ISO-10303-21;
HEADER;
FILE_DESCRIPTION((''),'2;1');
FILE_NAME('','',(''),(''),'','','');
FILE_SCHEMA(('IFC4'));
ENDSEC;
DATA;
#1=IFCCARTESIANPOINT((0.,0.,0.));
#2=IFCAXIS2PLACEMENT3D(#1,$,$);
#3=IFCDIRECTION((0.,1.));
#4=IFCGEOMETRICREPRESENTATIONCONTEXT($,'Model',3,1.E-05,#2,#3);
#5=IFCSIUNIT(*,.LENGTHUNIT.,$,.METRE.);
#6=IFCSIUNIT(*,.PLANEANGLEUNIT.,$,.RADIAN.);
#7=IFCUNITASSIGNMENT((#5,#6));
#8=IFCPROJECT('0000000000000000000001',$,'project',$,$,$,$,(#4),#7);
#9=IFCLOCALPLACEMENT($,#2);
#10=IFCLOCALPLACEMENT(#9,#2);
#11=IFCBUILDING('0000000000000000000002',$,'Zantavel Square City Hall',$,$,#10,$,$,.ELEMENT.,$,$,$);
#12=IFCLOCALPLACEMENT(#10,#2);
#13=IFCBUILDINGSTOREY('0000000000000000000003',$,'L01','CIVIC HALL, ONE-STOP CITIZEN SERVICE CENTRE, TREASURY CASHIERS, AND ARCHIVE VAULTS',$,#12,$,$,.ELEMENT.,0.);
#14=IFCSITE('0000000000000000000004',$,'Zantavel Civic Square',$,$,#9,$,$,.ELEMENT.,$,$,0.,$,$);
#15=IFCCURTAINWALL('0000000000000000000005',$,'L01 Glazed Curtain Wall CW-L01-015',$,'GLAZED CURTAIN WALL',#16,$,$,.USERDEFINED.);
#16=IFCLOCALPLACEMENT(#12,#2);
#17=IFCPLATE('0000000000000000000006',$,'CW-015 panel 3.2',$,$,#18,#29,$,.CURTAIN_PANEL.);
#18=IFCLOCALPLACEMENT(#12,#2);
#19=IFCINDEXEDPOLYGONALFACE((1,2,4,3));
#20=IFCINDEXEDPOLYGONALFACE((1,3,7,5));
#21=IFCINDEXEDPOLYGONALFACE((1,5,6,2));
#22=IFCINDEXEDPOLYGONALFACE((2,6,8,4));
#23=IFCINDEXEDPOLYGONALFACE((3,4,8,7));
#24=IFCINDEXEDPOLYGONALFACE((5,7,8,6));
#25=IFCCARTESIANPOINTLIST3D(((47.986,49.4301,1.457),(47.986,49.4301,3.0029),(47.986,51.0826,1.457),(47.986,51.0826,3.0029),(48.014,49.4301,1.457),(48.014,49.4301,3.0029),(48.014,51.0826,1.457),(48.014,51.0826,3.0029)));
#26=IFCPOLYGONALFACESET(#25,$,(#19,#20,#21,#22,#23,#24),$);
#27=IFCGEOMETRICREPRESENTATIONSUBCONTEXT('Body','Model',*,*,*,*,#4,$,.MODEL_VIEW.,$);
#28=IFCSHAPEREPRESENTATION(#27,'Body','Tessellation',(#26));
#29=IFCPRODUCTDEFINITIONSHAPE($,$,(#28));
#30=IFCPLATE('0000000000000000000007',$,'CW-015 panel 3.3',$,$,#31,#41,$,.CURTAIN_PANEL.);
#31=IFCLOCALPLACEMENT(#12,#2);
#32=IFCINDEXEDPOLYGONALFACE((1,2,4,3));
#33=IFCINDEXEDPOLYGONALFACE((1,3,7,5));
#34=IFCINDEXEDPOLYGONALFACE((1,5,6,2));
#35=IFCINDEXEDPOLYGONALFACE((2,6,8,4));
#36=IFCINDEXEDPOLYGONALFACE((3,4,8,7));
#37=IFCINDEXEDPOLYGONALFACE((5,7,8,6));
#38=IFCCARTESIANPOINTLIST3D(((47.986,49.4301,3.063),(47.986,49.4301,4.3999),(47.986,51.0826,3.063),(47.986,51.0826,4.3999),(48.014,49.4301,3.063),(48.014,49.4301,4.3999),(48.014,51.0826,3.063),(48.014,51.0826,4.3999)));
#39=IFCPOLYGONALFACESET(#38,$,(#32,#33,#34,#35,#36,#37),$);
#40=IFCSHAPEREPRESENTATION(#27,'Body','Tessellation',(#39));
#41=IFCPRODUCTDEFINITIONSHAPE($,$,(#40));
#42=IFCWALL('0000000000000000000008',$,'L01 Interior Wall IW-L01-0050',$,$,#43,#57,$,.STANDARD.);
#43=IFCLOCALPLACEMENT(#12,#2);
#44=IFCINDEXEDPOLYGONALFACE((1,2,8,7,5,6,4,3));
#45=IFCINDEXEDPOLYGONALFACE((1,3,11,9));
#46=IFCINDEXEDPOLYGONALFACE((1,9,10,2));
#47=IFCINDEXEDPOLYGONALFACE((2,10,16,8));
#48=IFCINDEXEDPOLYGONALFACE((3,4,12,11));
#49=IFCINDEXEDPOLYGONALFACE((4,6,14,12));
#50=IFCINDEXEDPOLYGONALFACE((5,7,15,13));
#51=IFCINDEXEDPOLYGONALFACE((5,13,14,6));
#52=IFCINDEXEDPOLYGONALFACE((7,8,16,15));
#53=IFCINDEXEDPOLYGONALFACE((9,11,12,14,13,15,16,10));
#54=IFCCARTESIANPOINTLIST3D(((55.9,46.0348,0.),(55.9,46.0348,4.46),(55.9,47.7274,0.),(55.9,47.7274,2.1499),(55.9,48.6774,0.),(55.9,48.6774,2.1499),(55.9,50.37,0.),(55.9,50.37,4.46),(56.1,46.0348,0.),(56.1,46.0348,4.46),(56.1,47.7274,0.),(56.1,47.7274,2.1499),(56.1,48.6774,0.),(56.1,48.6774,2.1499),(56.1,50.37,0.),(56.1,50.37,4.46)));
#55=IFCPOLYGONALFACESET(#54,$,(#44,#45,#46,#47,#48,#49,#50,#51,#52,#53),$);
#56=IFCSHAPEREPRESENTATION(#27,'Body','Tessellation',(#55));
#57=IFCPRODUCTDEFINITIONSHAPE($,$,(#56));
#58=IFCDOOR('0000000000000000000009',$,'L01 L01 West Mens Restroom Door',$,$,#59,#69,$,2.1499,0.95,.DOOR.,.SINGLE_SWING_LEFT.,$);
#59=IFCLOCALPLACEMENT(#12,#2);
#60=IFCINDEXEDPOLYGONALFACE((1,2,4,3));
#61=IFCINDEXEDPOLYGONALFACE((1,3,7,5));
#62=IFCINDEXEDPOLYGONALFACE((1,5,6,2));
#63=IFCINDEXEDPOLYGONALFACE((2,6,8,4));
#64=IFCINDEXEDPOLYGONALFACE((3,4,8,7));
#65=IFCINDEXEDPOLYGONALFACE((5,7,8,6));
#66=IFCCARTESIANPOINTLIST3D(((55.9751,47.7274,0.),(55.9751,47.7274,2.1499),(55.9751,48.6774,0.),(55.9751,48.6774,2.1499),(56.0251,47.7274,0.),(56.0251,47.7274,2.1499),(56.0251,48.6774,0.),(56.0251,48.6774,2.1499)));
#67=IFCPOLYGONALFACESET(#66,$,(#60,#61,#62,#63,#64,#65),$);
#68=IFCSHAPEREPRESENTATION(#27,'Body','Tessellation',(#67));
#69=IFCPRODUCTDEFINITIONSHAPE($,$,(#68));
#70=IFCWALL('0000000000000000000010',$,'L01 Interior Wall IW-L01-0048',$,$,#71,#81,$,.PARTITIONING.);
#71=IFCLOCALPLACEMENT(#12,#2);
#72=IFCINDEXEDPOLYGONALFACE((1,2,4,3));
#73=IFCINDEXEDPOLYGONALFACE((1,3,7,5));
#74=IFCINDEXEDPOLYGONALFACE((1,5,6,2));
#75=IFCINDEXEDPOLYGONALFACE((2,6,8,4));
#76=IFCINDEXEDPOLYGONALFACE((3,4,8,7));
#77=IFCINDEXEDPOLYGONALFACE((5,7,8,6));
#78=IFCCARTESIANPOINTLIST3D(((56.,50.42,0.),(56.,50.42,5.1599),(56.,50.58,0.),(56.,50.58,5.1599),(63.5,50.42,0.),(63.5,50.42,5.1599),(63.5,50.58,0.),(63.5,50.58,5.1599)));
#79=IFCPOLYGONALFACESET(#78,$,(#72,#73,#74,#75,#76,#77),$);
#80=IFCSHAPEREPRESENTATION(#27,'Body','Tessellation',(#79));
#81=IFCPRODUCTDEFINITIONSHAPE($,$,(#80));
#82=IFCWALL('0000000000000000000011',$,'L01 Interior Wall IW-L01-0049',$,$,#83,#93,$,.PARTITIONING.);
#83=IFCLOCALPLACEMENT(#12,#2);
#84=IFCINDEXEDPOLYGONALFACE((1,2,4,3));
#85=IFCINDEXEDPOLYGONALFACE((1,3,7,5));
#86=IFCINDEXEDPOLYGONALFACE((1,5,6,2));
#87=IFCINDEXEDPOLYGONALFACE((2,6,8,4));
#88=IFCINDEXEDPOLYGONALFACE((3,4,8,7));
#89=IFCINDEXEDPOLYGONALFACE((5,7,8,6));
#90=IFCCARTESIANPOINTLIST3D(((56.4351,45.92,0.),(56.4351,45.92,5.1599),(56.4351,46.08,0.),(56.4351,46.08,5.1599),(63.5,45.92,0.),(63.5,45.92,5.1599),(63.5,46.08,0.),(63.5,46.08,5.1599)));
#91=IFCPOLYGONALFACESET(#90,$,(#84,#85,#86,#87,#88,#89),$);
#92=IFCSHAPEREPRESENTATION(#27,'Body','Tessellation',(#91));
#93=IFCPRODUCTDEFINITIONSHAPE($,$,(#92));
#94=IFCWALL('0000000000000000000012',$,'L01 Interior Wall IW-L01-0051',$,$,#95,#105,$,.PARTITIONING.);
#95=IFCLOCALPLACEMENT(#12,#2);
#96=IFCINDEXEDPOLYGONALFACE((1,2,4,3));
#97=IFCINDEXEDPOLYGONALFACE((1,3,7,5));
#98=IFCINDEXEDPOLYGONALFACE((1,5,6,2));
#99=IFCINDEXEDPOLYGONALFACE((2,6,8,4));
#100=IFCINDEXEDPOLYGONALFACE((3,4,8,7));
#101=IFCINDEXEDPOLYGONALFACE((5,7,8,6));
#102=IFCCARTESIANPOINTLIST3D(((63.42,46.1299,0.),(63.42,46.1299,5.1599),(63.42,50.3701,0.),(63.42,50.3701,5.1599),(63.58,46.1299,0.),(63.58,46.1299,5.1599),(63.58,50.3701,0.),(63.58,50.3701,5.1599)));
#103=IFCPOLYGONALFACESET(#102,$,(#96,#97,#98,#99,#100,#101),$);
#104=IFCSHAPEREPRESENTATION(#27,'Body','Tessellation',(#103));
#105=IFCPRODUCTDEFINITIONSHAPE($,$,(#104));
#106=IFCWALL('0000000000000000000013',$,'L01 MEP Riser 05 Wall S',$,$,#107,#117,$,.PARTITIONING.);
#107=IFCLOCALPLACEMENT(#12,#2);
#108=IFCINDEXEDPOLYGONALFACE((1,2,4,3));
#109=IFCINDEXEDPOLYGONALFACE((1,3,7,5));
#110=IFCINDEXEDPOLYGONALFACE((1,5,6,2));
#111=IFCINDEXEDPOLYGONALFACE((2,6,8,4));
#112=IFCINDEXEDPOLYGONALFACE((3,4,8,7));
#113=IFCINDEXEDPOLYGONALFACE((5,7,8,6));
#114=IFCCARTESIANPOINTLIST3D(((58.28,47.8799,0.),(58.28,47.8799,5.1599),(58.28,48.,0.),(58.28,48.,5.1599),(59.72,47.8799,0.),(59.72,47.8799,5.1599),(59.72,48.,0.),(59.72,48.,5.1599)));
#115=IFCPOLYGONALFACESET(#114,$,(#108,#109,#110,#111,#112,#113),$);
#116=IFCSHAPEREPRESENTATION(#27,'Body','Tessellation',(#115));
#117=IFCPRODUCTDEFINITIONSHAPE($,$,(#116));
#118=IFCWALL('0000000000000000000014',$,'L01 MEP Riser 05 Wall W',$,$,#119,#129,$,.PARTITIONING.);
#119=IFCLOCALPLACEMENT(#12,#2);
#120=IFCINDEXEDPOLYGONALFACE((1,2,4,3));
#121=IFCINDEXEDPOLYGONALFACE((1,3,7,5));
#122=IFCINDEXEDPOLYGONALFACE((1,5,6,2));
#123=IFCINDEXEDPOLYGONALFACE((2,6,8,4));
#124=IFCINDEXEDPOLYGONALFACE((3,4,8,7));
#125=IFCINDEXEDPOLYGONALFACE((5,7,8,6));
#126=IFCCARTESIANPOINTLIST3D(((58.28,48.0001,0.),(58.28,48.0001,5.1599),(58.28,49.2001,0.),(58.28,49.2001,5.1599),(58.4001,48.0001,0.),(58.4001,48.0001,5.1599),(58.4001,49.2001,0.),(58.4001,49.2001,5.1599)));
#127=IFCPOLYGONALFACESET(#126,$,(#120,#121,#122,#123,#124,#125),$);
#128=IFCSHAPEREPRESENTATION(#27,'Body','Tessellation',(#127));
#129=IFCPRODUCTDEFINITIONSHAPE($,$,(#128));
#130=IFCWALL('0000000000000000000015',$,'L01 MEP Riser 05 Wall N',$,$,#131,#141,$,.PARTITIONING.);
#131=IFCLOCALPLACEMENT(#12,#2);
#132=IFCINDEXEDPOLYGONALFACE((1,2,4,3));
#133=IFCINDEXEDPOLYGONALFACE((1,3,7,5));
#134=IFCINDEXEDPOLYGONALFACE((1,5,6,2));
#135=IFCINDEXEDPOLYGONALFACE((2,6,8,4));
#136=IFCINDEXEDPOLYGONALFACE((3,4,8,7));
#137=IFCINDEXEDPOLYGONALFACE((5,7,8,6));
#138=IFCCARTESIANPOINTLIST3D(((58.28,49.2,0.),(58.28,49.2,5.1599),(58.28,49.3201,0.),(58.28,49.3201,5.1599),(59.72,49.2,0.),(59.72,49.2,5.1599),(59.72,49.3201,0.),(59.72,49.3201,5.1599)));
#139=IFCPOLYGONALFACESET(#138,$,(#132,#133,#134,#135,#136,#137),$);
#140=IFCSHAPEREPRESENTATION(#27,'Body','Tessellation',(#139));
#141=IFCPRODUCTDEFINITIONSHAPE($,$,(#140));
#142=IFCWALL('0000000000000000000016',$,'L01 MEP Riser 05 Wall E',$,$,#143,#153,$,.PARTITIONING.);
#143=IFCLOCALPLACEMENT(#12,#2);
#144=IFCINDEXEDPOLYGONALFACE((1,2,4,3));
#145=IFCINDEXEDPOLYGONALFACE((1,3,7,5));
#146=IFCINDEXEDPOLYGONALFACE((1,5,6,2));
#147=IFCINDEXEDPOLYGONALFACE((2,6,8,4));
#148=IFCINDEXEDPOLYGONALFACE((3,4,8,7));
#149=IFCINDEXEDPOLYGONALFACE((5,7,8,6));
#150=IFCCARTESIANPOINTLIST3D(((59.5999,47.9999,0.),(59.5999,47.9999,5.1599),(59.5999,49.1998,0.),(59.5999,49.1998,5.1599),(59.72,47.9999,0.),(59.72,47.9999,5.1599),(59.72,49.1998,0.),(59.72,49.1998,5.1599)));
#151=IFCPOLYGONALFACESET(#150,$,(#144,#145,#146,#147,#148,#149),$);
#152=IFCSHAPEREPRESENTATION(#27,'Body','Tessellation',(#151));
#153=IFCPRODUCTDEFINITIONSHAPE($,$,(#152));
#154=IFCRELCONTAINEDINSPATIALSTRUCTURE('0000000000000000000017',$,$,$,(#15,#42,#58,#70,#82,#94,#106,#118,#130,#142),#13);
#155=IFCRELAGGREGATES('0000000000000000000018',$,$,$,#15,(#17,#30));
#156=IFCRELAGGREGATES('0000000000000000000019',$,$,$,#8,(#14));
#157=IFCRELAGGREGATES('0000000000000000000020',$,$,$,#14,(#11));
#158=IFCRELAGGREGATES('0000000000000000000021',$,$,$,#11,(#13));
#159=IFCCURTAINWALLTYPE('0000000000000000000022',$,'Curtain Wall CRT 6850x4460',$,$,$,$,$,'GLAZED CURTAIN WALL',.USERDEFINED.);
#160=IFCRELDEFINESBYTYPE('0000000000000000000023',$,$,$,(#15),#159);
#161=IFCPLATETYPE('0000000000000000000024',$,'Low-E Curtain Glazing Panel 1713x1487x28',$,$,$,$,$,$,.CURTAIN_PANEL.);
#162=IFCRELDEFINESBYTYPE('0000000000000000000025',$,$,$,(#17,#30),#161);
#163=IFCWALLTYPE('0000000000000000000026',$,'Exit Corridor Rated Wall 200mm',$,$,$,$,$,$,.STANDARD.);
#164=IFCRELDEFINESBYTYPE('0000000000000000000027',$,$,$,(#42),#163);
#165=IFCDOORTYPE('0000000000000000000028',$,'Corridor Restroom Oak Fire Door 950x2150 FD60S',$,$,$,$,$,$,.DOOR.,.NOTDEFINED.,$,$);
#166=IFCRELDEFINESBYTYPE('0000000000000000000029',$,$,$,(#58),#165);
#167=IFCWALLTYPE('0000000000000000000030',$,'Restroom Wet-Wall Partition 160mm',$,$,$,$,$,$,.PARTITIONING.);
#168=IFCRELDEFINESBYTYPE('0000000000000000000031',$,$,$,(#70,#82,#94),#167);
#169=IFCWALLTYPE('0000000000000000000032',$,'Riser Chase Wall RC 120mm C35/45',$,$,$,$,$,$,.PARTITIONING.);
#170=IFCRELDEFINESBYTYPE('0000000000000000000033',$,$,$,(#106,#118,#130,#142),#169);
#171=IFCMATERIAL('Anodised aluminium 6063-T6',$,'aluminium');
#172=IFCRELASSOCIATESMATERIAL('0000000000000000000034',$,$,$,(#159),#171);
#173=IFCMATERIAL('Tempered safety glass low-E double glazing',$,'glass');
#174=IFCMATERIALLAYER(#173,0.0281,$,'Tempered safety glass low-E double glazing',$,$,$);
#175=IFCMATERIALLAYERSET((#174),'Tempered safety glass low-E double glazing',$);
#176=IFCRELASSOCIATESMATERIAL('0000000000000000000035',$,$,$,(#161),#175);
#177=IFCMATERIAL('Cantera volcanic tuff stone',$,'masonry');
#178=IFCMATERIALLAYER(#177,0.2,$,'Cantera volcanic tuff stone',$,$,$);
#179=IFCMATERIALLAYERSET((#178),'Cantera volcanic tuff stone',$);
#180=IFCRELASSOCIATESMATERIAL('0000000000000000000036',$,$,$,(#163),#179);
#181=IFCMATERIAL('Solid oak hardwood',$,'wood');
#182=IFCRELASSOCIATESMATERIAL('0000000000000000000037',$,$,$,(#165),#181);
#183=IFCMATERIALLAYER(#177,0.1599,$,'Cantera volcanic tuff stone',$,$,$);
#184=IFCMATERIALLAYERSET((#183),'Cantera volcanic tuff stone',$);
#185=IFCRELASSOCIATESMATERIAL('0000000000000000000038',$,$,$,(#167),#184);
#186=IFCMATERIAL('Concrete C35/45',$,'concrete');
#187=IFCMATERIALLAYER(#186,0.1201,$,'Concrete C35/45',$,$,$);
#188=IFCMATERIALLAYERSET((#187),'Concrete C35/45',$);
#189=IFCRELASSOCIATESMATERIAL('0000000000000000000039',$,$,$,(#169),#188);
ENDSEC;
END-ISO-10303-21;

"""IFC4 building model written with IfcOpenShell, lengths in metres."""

from ifc_helpers import new_model, si_unit, direction, frame, frame_2d, origin, origin_2d, place, context, subcontext, project, spatial, rectangle, extrude, material, layer, layer_set, type_object, element, fill, aggregate, save


model = new_model("IFC4")

# Units and contexts
model_context = context("Model", 3, precision=1e-05, world=origin(), true_north=direction((0.0, 1.0)))
body_context = subcontext(model_context, "Body", "Model", "MODEL_VIEW")
ifc_project = project(units=[si_unit("LENGTHUNIT", "METRE"), si_unit("PLANEANGLEUNIT", "RADIAN")], contexts=[model_context])

# Site, building, storey
site_placement = place(None, origin())
site = spatial("IfcSite", under=ifc_project, at=site_placement, Name="Zantavel Civic Square", CompositionType="ELEMENT", RefElevation=0.0)
building_placement = place(site_placement, origin())
building = spatial("IfcBuilding", under=site, at=building_placement, Name="Zantavel Square City Hall", CompositionType="ELEMENT")
storey_placement = place(building_placement, origin())
storey = spatial("IfcBuildingStorey", under=building, at=storey_placement, Name="L01", Description="CIVIC HALL, ONE-STOP CITIZEN SERVICE CENTRE, TREASURY CASHIERS, AND ARCHIVE VAULTS", CompositionType="ELEMENT", Elevation=0.0)

# Curtain wall
ifc_material_1 = material(Name="Anodised aluminium 6063-T6", Category="aluminium")
curtain_wall_type = type_object("IfcCurtainWallType", Name="Curtain Wall CRT 6850x4460", ElementType="GLAZED CURTAIN WALL", PredefinedType="USERDEFINED", material=ifc_material_1)
curtain_wall_placement = place(storey_placement, origin())
curtain_wall = element("IfcCurtainWall", 1, at=curtain_wall_placement, inside=storey, type_object=curtain_wall_type, Name="L01 Glazed Curtain Wall CW-L01-015", ObjectType="GLAZED CURTAIN WALL", PredefinedType="USERDEFINED")

# Shared definitions
ifc_material_2 = material(Name="Concrete C35/45", Category="concrete")

# Plates
ifc_material_3 = material(Name="Tempered safety glass low-E double glazing", Category="glass")
ifc_layer_1 = layer(ifc_material_3, 0.0281, Name="Tempered safety glass low-E double glazing")
ifc_layer_set_1 = layer_set([ifc_layer_1], Name="Tempered safety glass low-E double glazing")
plate_type = type_object("IfcPlateType", Name="Low-E Curtain Glazing Panel 1713x1487x28", PredefinedType="CURTAIN_PANEL", material=ifc_layer_set_1)
plate_1_placement = place(storey_placement, frame((48.0, 50.2563, 1.457), z_axis=(0.0, 0.0, 1.0), x_axis=(0.0, 1.0, 0.0)))
plate_1 = element("IfcPlate", 2, at=plate_1_placement, type_object=plate_type, Name="CW-015 panel 3.2", PredefinedType="CURTAIN_PANEL", context=body_context, shape_type="SweptSolid", body=[
    extrude(rectangle(XDim=1.6526, YDim=0.0281, at=origin_2d()), origin(), (0.0, 0.0, 1.0), 1.5459),
])
plate_2_placement = place(storey_placement, frame((48.0, 50.2563, 3.063), z_axis=(0.0, 0.0, 1.0), x_axis=(0.0, 1.0, 0.0)))
plate_2 = element("IfcPlate", 3, at=plate_2_placement, type_object=plate_type, Name="CW-015 panel 3.3", PredefinedType="CURTAIN_PANEL", context=body_context, shape_type="SweptSolid", body=[
    extrude(rectangle(XDim=1.6526, YDim=0.0281, at=origin_2d()), origin(), (0.0, 0.0, 1.0), 1.3369),
])
aggregate(curtain_wall, [plate_1, plate_2])

# Wall, opening, door
ifc_material_4 = material(Name="Cantera volcanic tuff stone", Category="masonry")
ifc_layer_2 = layer(ifc_material_4, 0.2, Name="Cantera volcanic tuff stone")
ifc_layer_set_2 = layer_set([ifc_layer_2], Name="Cantera volcanic tuff stone")
wall_type_1 = type_object("IfcWallType", Name="Exit Corridor Rated Wall 200mm", PredefinedType="STANDARD", material=ifc_layer_set_2)
wall_1_placement = place(storey_placement, frame((56.0, 46.0349, 0.0), z_axis=(0.0, 0.0, 1.0), x_axis=(0.0, 1.0, 0.0)))
wall_1 = element("IfcWall", 4, at=wall_1_placement, inside=storey, type_object=wall_type_1, Name="L01 Interior Wall IW-L01-0050", PredefinedType="STANDARD", context=body_context, shape_type="SweptSolid", body=[
    extrude(rectangle(XDim=4.3352, YDim=0.2, at=frame_2d((2.1675, 0.0))), origin(), (0.0, 0.0, 1.0), 4.46),
])
opening_1_placement = place(wall_1_placement, frame((1.6924, 0.0, 0.0)))
opening_1 = element("IfcOpeningElement", 5, at=opening_1_placement, cuts=wall_1, PredefinedType="OPENING", context=body_context, shape_type="SweptSolid", body=[
    extrude(rectangle(XDim=0.95, YDim=2.1499, at=frame_2d((0.4751, 1.075))), frame((0.0, 0.1099, 0.0), z_axis=(0.0, -1.0, 0.0), x_axis=(1.0, 0.0, 0.0)), (0.0, 0.0, 1.0), 0.22),
])
ifc_material_5 = material(Name="Solid oak hardwood", Category="wood")
door_type = type_object("IfcDoorType", Name="Corridor Restroom Oak Fire Door 950x2150 FD60S", OperationType="NOTDEFINED", PredefinedType="DOOR", material=ifc_material_5)
door_1_placement = place(opening_1_placement, origin())
door_1 = element("IfcDoor", 6, at=door_1_placement, inside=storey, type_object=door_type, Name="L01 L01 West Mens Restroom Door", OperationType="SINGLE_SWING_LEFT", OverallHeight=2.1499, OverallWidth=0.95, PredefinedType="DOOR", context=body_context, shape_type="SweptSolid", body=[
    extrude(rectangle(XDim=0.95, YDim=2.1499, at=frame_2d((0.4751, 1.075))), frame((0.0, 0.0249, 0.0), z_axis=(0.0, -1.0, 0.0), x_axis=(1.0, 0.0, 0.0)), (0.0, 0.0, 1.0), 0.05),
])
fill(opening_1, door_1)

# Walls
ifc_layer_3 = layer(ifc_material_4, 0.1599, Name="Cantera volcanic tuff stone")
ifc_layer_set_3 = layer_set([ifc_layer_3], Name="Cantera volcanic tuff stone")
wall_type_2 = type_object("IfcWallType", Name="Restroom Wet-Wall Partition 160mm", PredefinedType="PARTITIONING", material=ifc_layer_set_3)
wall_2_placement = place(storey_placement, frame((56.0, 50.5, 0.0), z_axis=(0.0, 0.0, 1.0), x_axis=(1.0, 0.0, 0.0)))
element("IfcWall", 7, at=wall_2_placement, inside=storey, type_object=wall_type_2, Name="L01 Interior Wall IW-L01-0048", PredefinedType="PARTITIONING", context=body_context, shape_type="SweptSolid", body=[
    extrude(rectangle(XDim=7.5, YDim=0.1599, at=frame_2d((3.75, 0.0))), origin(), (0.0, 0.0, 1.0), 5.1599),
])
wall_3_placement = place(storey_placement, frame((63.5, 46.0, 0.0), z_axis=(0.0, 0.0, 1.0), x_axis=(-1.0, 0.0, 0.0)))
element("IfcWall", 8, at=wall_3_placement, inside=storey, type_object=wall_type_2, Name="L01 Interior Wall IW-L01-0049", PredefinedType="PARTITIONING", context=body_context, shape_type="SweptSolid", body=[
    extrude(rectangle(XDim=7.0649, YDim=0.1599, at=frame_2d((3.5325, 0.0))), origin(), (0.0, 0.0, 1.0), 5.1599),
])
wall_4_placement = place(storey_placement, frame((63.5, 50.3701, 0.0), z_axis=(0.0, 0.0, 1.0), x_axis=(0.0, -1.0, 0.0)))
element("IfcWall", 9, at=wall_4_placement, inside=storey, type_object=wall_type_2, Name="L01 Interior Wall IW-L01-0051", PredefinedType="PARTITIONING", context=body_context, shape_type="SweptSolid", body=[
    extrude(rectangle(XDim=4.2402, YDim=0.1599, at=frame_2d((2.1201, 0.0))), origin(), (0.0, 0.0, 1.0), 5.1599),
])
ifc_layer_4 = layer(ifc_material_2, 0.1201, Name="Concrete C35/45")
ifc_layer_set_4 = layer_set([ifc_layer_4], Name="Concrete C35/45")
wall_type_3 = type_object("IfcWallType", Name="Riser Chase Wall RC 120mm C35/45", PredefinedType="PARTITIONING", material=ifc_layer_set_4)
wall_5_placement = place(storey_placement, frame((59.72, 47.9399, 0.0), z_axis=(0.0, 0.0, 1.0), x_axis=(-1.0, 0.0, 0.0)))
element("IfcWall", 10, at=wall_5_placement, inside=storey, type_object=wall_type_3, Name="L01 MEP Riser 05 Wall S", PredefinedType="PARTITIONING", context=body_context, shape_type="SweptSolid", body=[
    extrude(rectangle(XDim=1.4399, YDim=0.1201, at=frame_2d((0.72, 0.0))), origin(), (0.0, 0.0, 1.0), 5.1599),
])
wall_6_placement = place(storey_placement, frame((58.3401, 48.0, 0.0), z_axis=(0.0, 0.0, 1.0), x_axis=(0.0, 1.0, 0.0)))
element("IfcWall", 11, at=wall_6_placement, inside=storey, type_object=wall_type_3, Name="L01 MEP Riser 05 Wall W", PredefinedType="PARTITIONING", context=body_context, shape_type="SweptSolid", body=[
    extrude(rectangle(XDim=1.2, YDim=0.1201, at=frame_2d((0.6001, 0.0))), origin(), (0.0, 0.0, 1.0), 5.1599),
])
wall_7_placement = place(storey_placement, frame((58.28, 49.26, 0.0), z_axis=(0.0, 0.0, 1.0), x_axis=(1.0, 0.0, 0.0)))
element("IfcWall", 12, at=wall_7_placement, inside=storey, type_object=wall_type_3, Name="L01 MEP Riser 05 Wall N", PredefinedType="PARTITIONING", context=body_context, shape_type="SweptSolid", body=[
    extrude(rectangle(XDim=1.4399, YDim=0.1201, at=frame_2d((0.72, 0.0))), origin(), (0.0, 0.0, 1.0), 5.1599),
])
wall_8_placement = place(storey_placement, frame((59.6599, 49.2, 0.0), z_axis=(0.0, 0.0, 1.0), x_axis=(0.0, -1.0, 0.0)))
element("IfcWall", 13, at=wall_8_placement, inside=storey, type_object=wall_type_3, Name="L01 MEP Riser 05 Wall E", PredefinedType="PARTITIONING", context=body_context, shape_type="SweptSolid", body=[
    extrude(rectangle(XDim=1.2, YDim=0.1201, at=frame_2d((0.6001, 0.0))), origin(), (0.0, 0.0, 1.0), 5.1599),
])

save(model, "model.ifc")
